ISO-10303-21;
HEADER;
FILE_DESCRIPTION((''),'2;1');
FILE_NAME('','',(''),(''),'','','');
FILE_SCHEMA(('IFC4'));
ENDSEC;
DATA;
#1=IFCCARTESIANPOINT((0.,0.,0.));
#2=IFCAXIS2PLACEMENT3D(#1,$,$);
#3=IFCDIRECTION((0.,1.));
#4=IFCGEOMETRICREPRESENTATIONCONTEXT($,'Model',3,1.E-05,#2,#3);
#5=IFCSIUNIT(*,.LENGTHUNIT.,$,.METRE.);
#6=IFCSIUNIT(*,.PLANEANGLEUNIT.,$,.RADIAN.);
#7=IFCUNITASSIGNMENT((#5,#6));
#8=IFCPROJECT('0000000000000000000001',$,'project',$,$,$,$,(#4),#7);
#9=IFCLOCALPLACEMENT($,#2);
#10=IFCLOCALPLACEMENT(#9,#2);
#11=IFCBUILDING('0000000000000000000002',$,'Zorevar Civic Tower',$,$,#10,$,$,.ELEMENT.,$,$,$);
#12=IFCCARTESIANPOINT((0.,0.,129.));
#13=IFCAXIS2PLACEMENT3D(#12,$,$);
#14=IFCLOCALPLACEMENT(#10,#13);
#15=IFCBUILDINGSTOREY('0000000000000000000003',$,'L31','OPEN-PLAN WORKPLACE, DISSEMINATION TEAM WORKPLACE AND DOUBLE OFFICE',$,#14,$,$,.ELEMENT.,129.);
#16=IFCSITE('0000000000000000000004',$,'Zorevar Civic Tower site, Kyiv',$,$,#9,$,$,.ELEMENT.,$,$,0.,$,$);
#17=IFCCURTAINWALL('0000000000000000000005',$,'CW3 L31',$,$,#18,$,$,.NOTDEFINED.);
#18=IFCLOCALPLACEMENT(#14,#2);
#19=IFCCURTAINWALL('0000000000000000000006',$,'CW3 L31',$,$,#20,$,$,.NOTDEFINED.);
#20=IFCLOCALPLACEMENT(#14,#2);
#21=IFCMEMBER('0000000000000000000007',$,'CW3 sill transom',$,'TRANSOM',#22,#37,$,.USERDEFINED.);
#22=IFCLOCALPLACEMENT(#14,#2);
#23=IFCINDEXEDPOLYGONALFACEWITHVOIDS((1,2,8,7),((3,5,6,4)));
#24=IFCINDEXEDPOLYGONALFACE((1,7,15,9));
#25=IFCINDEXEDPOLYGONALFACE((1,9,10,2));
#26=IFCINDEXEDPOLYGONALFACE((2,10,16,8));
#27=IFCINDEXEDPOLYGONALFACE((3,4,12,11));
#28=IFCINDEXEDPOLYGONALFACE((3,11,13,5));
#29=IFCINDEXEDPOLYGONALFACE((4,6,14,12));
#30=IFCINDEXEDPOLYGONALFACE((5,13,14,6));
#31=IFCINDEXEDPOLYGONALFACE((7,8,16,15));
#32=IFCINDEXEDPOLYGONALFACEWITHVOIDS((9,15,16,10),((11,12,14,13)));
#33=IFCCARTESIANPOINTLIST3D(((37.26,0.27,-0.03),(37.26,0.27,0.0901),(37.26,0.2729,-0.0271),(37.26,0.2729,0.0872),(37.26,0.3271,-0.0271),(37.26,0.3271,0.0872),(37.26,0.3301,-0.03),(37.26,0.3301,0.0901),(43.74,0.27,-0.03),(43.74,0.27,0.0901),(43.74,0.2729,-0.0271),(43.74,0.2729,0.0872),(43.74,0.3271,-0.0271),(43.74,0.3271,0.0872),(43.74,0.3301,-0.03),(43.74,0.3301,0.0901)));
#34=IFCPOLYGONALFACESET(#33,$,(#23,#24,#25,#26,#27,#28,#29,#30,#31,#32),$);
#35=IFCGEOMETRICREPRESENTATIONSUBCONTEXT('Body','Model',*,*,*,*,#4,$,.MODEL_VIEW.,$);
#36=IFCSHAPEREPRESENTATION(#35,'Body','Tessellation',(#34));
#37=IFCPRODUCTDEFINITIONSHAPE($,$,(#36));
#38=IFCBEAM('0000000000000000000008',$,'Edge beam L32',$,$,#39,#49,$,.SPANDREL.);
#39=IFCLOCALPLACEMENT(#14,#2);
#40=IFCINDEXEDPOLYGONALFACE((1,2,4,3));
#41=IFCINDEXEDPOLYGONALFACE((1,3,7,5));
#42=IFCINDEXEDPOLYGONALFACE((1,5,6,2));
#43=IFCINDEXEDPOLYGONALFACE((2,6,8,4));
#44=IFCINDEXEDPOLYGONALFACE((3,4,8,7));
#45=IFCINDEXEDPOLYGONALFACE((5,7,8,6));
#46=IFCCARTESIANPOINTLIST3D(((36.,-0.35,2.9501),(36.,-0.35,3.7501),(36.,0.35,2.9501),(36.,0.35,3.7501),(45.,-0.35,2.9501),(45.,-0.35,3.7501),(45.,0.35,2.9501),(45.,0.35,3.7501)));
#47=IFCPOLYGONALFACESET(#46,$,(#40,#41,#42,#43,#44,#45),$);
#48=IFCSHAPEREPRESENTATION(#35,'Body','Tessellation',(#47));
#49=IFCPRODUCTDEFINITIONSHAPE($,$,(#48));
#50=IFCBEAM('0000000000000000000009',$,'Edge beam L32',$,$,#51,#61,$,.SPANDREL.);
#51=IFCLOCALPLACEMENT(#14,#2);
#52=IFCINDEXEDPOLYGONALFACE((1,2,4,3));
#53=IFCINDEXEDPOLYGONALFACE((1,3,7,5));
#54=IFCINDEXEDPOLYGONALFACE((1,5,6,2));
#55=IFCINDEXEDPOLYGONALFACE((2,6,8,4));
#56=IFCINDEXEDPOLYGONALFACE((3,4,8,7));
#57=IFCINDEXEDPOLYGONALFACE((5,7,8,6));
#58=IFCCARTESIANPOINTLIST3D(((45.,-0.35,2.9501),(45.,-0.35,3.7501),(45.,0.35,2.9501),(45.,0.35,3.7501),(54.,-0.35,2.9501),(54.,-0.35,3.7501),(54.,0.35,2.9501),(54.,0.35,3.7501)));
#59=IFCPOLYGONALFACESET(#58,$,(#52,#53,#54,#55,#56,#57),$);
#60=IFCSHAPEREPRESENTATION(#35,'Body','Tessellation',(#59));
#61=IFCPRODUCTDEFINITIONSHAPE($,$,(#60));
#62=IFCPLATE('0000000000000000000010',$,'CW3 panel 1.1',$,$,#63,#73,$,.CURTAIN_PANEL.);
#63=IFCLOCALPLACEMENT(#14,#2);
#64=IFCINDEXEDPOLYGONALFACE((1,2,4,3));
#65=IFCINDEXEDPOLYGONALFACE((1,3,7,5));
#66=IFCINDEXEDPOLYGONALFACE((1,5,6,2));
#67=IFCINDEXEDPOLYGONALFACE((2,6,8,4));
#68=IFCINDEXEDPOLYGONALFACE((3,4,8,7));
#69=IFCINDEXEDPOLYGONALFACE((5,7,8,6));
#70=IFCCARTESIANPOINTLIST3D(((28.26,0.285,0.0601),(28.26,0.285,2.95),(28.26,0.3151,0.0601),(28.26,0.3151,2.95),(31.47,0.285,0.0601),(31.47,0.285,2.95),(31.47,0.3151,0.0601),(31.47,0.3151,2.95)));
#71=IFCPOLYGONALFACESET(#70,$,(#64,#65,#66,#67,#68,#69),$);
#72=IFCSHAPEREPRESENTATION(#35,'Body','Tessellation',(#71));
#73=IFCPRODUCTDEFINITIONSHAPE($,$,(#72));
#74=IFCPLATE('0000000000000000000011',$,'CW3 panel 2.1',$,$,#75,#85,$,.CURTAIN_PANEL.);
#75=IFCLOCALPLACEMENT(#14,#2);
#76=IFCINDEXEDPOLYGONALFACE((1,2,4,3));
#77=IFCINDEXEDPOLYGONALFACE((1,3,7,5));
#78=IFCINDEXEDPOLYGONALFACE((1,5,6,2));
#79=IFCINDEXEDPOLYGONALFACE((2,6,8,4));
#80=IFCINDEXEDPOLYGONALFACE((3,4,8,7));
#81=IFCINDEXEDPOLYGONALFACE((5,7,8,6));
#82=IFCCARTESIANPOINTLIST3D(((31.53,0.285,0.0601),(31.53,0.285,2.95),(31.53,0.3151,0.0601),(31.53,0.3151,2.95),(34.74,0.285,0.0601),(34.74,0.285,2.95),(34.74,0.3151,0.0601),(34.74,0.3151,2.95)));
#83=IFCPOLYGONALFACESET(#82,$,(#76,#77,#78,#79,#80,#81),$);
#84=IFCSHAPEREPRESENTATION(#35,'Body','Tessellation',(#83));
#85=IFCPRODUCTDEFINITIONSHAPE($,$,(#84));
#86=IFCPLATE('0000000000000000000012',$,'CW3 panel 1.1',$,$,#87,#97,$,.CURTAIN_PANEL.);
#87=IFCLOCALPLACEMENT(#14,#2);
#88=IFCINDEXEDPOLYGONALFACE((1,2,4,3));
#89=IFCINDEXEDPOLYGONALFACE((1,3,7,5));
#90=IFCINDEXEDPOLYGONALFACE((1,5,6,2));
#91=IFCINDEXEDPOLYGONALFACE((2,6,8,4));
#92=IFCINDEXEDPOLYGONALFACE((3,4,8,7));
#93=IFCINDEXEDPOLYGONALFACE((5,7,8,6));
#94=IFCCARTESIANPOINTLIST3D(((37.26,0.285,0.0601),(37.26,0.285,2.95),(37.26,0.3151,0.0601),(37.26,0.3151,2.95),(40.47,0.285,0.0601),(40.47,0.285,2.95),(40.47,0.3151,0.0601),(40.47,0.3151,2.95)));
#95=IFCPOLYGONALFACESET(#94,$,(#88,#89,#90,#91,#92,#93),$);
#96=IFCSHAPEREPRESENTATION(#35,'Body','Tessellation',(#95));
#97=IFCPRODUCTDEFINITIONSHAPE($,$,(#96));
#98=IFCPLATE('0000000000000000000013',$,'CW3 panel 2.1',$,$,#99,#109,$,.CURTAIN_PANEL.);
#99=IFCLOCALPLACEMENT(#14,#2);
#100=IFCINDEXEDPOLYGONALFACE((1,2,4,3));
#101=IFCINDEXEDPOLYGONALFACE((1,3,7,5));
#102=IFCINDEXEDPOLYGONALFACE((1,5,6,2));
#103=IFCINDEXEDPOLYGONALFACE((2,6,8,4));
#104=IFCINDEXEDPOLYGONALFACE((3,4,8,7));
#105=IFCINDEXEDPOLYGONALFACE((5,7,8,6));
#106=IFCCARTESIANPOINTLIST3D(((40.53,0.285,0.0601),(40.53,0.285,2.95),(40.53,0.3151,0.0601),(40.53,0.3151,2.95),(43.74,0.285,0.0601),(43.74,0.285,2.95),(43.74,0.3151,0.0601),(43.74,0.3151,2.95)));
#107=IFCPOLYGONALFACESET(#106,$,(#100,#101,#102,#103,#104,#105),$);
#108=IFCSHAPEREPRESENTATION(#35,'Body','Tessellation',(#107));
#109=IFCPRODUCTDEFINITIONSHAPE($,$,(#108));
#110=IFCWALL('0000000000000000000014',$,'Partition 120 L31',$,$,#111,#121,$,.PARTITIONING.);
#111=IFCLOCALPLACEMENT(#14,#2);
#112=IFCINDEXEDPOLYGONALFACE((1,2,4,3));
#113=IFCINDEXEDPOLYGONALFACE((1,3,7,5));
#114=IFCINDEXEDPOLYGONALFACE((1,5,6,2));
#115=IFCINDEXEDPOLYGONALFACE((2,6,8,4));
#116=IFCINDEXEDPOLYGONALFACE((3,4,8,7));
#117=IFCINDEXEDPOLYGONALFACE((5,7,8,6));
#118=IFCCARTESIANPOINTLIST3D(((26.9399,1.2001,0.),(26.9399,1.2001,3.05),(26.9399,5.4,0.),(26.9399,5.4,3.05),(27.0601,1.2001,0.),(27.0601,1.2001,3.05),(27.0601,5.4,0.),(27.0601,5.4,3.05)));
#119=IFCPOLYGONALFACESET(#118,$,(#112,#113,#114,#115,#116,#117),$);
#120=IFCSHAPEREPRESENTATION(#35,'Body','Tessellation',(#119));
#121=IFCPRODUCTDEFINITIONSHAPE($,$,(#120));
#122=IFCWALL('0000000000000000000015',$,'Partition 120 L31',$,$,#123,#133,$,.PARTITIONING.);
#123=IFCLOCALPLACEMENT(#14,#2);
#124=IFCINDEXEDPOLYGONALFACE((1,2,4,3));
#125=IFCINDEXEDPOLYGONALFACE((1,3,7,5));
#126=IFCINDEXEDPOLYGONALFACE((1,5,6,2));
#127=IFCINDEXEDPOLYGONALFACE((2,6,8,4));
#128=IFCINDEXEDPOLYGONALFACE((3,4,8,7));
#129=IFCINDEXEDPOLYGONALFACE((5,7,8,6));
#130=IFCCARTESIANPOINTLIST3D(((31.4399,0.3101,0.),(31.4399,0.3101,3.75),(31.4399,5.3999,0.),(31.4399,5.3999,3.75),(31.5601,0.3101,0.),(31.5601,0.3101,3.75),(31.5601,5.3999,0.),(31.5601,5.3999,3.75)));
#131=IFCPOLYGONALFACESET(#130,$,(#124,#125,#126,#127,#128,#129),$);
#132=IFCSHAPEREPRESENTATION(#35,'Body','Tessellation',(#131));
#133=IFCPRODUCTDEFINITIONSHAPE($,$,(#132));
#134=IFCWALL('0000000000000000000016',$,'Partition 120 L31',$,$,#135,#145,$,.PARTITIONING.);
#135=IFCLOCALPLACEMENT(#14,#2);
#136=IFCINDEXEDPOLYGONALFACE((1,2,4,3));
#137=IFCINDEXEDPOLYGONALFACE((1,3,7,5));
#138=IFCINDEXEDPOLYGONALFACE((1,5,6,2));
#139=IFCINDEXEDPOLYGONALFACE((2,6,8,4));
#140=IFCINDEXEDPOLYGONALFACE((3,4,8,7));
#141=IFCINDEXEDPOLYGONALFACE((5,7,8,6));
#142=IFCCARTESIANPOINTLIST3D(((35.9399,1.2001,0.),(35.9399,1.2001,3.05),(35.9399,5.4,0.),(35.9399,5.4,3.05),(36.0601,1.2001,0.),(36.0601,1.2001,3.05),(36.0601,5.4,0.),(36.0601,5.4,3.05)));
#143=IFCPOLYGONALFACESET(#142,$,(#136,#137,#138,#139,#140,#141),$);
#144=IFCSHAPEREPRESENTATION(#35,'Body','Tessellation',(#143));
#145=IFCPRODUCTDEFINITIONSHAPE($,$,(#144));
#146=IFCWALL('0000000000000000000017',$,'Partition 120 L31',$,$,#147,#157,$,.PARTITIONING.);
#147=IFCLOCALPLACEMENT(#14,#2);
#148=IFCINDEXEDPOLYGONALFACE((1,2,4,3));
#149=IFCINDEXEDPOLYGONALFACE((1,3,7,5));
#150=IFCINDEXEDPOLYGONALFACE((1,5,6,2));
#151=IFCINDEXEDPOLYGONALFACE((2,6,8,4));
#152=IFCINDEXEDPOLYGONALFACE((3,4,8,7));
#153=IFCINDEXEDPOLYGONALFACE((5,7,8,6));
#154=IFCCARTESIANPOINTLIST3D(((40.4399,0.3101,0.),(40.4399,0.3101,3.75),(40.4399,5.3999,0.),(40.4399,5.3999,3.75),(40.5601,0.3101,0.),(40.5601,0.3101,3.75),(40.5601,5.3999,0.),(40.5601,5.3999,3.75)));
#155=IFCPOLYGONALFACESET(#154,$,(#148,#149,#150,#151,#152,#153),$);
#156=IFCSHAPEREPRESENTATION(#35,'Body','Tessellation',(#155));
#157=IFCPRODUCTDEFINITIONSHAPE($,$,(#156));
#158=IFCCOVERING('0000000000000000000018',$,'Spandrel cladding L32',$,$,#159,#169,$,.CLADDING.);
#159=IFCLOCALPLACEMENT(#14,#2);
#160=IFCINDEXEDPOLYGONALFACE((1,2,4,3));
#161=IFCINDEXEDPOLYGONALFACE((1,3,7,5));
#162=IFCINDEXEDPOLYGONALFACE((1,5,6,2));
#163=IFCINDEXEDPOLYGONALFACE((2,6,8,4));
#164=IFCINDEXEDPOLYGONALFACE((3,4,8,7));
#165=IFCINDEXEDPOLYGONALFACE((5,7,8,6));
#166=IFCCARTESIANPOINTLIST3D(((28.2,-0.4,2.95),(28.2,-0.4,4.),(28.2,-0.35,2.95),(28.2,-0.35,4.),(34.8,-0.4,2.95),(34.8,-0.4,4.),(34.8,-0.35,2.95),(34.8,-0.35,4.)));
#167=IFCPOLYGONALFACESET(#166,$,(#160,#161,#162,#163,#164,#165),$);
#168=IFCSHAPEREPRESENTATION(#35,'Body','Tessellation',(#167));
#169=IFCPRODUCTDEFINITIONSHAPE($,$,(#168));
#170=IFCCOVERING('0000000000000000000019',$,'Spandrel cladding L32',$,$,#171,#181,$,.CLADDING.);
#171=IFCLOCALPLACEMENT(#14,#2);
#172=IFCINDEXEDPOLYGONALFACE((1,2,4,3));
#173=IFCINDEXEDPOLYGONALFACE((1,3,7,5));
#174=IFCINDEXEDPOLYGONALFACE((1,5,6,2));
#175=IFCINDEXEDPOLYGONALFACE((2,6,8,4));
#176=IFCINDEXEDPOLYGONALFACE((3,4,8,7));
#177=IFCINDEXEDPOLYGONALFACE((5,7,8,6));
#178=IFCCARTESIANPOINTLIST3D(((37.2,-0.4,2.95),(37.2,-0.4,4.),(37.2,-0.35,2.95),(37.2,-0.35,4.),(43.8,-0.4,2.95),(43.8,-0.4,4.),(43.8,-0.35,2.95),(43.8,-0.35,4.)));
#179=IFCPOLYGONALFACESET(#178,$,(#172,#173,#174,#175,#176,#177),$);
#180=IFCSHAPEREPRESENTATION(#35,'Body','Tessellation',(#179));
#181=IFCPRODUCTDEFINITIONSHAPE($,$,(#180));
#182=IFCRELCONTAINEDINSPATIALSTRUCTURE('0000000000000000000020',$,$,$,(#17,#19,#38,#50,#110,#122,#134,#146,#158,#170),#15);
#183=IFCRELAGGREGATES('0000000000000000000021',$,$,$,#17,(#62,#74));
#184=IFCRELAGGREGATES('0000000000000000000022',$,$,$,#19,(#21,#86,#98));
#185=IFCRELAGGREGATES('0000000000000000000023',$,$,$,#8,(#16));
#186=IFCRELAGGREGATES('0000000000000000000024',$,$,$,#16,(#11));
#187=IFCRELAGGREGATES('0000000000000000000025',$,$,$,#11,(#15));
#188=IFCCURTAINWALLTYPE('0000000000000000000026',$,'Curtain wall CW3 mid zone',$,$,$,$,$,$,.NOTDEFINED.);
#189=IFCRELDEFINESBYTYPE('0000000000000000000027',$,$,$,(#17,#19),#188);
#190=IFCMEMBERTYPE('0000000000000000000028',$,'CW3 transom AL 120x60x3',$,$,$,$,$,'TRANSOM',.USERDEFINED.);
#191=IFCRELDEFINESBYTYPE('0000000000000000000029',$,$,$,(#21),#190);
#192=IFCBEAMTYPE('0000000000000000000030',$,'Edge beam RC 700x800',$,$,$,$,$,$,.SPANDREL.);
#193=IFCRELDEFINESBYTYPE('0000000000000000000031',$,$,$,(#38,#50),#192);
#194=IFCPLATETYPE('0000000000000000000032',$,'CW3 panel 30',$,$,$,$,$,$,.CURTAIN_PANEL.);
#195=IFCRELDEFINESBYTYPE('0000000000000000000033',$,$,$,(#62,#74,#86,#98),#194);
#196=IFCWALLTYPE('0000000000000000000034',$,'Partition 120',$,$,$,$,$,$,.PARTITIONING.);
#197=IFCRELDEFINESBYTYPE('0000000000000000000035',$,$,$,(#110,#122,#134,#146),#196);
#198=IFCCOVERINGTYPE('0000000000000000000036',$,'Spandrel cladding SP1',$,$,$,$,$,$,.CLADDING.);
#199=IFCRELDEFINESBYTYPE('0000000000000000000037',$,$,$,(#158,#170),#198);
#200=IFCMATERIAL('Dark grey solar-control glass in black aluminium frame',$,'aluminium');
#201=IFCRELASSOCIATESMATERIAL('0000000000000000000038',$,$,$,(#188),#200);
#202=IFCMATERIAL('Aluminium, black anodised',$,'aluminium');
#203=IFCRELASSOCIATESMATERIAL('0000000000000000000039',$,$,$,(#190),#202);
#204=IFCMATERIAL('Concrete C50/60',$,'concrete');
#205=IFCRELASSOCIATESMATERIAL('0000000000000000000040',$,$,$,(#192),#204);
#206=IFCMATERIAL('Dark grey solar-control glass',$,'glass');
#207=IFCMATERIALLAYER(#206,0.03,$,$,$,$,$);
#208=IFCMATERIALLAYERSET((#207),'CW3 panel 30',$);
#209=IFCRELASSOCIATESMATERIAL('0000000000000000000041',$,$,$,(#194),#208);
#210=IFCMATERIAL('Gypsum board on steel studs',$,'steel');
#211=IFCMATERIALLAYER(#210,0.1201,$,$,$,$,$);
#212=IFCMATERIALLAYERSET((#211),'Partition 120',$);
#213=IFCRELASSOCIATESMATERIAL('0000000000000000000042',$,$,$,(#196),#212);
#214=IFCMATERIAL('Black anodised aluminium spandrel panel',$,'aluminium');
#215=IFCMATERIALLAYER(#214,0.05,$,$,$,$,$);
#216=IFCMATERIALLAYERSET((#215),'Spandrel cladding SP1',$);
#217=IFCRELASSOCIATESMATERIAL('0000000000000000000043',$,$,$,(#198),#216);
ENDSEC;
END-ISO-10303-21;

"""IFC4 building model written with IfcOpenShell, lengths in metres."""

from ifc_helpers import new_model, si_unit, direction, frame, frame_2d, origin, origin_2d, place, context, subcontext, project, spatial, rectangle, hollow_rectangle, extrude, material, layer, layer_set, material_profile, profile_set, type_object, element, aggregate, save


model = new_model("IFC4")

# Units and contexts
model_context = context("Model", 3, precision=1e-05, world=origin(), true_north=direction((0.0, 1.0)))
body_context = subcontext(model_context, "Body", "Model", "MODEL_VIEW")
ifc_project = project(units=[si_unit("LENGTHUNIT", "METRE"), si_unit("PLANEANGLEUNIT", "RADIAN")], contexts=[model_context])

# Site, building, storey
site_placement = place(None, origin())
site = spatial("IfcSite", under=ifc_project, at=site_placement, Name="Zorevar Civic Tower site, Kyiv", CompositionType="ELEMENT", RefElevation=0.0)
building_placement = place(site_placement, origin())
building = spatial("IfcBuilding", under=site, at=building_placement, Name="Zorevar Civic Tower", CompositionType="ELEMENT")
storey_placement = place(building_placement, frame((0.0, 0.0, 129.0)))
storey = spatial("IfcBuildingStorey", under=building, at=storey_placement, Name="L31", Description="OPEN-PLAN WORKPLACE, DISSEMINATION TEAM WORKPLACE AND DOUBLE OFFICE", CompositionType="ELEMENT", Elevation=129.0)

# Curtain walls
ifc_material_1 = material(Name="Dark grey solar-control glass in black aluminium frame", Category="aluminium")
curtain_wall_type = type_object("IfcCurtainWallType", Name="Curtain wall CW3 mid zone", PredefinedType="NOTDEFINED", material=ifc_material_1)
curtain_wall_1_placement = place(storey_placement, origin())
curtain_wall_1 = element("IfcCurtainWall", 1, at=curtain_wall_1_placement, inside=storey, type_object=curtain_wall_type, Name="CW3 L31", PredefinedType="NOTDEFINED")
curtain_wall_2_placement = place(storey_placement, origin())
curtain_wall_2 = element("IfcCurtainWall", 2, at=curtain_wall_2_placement, inside=storey, type_object=curtain_wall_type, Name="CW3 L31", PredefinedType="NOTDEFINED")

# Member
ifc_material_2 = material(Name="Aluminium, black anodised", Category="aluminium")
ifc_material_profile_1 = material_profile(ifc_material_2, hollow_rectangle(XDim=0.0601, YDim=0.1201, WallThickness=0.0029, at=origin_2d()), Name="AL 120x60x3")
ifc_profile_set_1 = profile_set([ifc_material_profile_1], Name="Aluminium, black anodised")
member_type_1 = type_object("IfcMemberType", Name="CW3 transom AL 120x60x3", ElementType="TRANSOM", PredefinedType="USERDEFINED", material=ifc_profile_set_1)
member_1_placement = place(storey_placement, frame((37.26, 0.3, 0.03), z_axis=(1.0, 0.0, 0.0), x_axis=(0.0, 1.0, 0.0)))
member_1 = element("IfcMember", 3, at=member_1_placement, type_object=member_type_1, Name="CW3 sill transom", ObjectType="TRANSOM", PredefinedType="USERDEFINED", context=body_context, shape_type="SweptSolid", body=[
    extrude(hollow_rectangle(XDim=0.0601, YDim=0.1201, WallThickness=0.0029, at=origin_2d()), origin(), (0.0, 0.0, 1.0), 6.48),
])

# Beams
ifc_material_3 = material(Name="Concrete C50/60", Category="concrete")
ifc_material_profile_2 = material_profile(ifc_material_3, rectangle(XDim=0.7, YDim=0.8, at=origin_2d()), Name="RC 700x800")
ifc_profile_set_2 = profile_set([ifc_material_profile_2], Name="Concrete C50/60")
beam_type_1 = type_object("IfcBeamType", Name="Edge beam RC 700x800", PredefinedType="SPANDREL", material=ifc_profile_set_2)
for number, where, z_axis, x_axis, name in (
    (4, (36.0, 0.0, 3.3501), (1.0, 0.0, 0.0), (0.0, 1.0, 0.0), "Edge beam L32"),
    (5, (45.0, 0.0, 3.3501), (1.0, 0.0, 0.0), (0.0, 1.0, 0.0), "Edge beam L32"),
):
    element("IfcBeam", number, at=place(storey_placement, frame(where, z_axis=z_axis, x_axis=x_axis)), inside=storey, type_object=beam_type_1, Name=name, PredefinedType="SPANDREL", context=body_context, shape_type="SweptSolid", body=[
        extrude(rectangle(XDim=0.7, YDim=0.8, at=origin_2d()), origin(), (0.0, 0.0, 1.0), 9.0),
    ])

# Plates
ifc_material_4 = material(Name="Dark grey solar-control glass", Category="glass")
ifc_layer_1 = layer(ifc_material_4, 0.03)
ifc_layer_set_1 = layer_set([ifc_layer_1], Name="CW3 panel 30")
plate_type = type_object("IfcPlateType", Name="CW3 panel 30", PredefinedType="CURTAIN_PANEL", material=ifc_layer_set_1)
plate_1_placement = place(storey_placement, frame((29.865, 0.3, 0.0601), z_axis=(0.0, 0.0, 1.0), x_axis=(1.0, 0.0, 0.0)))
plate_1 = element("IfcPlate", 6, at=plate_1_placement, type_object=plate_type, Name="CW3 panel 1.1", PredefinedType="CURTAIN_PANEL", context=body_context, shape_type="SweptSolid", body=[
    extrude(rectangle(XDim=3.21, YDim=0.03, at=origin_2d()), origin(), (0.0, 0.0, 1.0), 2.8899),
])
plate_2_placement = place(storey_placement, frame((33.135, 0.3, 0.0601), z_axis=(0.0, 0.0, 1.0), x_axis=(1.0, 0.0, 0.0)))
plate_2 = element("IfcPlate", 7, at=plate_2_placement, type_object=plate_type, Name="CW3 panel 2.1", PredefinedType="CURTAIN_PANEL", context=body_context, shape_type="SweptSolid", body=[
    extrude(rectangle(XDim=3.21, YDim=0.03, at=origin_2d()), origin(), (0.0, 0.0, 1.0), 2.8899),
])
aggregate(curtain_wall_1, [plate_1, plate_2])
plate_3_placement = place(storey_placement, frame((38.865, 0.3, 0.0601), z_axis=(0.0, 0.0, 1.0), x_axis=(1.0, 0.0, 0.0)))
plate_3 = element("IfcPlate", 8, at=plate_3_placement, type_object=plate_type, Name="CW3 panel 1.1", PredefinedType="CURTAIN_PANEL", context=body_context, shape_type="SweptSolid", body=[
    extrude(rectangle(XDim=3.21, YDim=0.03, at=origin_2d()), origin(), (0.0, 0.0, 1.0), 2.8899),
])
plate_4_placement = place(storey_placement, frame((42.135, 0.3, 0.0601), z_axis=(0.0, 0.0, 1.0), x_axis=(1.0, 0.0, 0.0)))
plate_4 = element("IfcPlate", 9, at=plate_4_placement, type_object=plate_type, Name="CW3 panel 2.1", PredefinedType="CURTAIN_PANEL", context=body_context, shape_type="SweptSolid", body=[
    extrude(rectangle(XDim=3.21, YDim=0.03, at=origin_2d()), origin(), (0.0, 0.0, 1.0), 2.8899),
])
aggregate(curtain_wall_2, [member_1, plate_3, plate_4])

# Walls
ifc_material_5 = material(Name="Gypsum board on steel studs", Category="steel")
ifc_layer_2 = layer(ifc_material_5, 0.1201)
ifc_layer_set_2 = layer_set([ifc_layer_2], Name="Partition 120")
wall_type = type_object("IfcWallType", Name="Partition 120", PredefinedType="PARTITIONING", material=ifc_layer_set_2)
wall_1_placement = place(storey_placement, frame((27.0, 1.2, 0.0), z_axis=(0.0, 0.0, 1.0), x_axis=(0.0, 1.0, 0.0)))
element("IfcWall", 10, at=wall_1_placement, inside=storey, type_object=wall_type, Name="Partition 120 L31", PredefinedType="PARTITIONING", context=body_context, shape_type="SweptSolid", body=[
    extrude(rectangle(XDim=4.2, YDim=0.1201, at=frame_2d((2.1001, 0.0))), origin(), (0.0, 0.0, 1.0), 3.05),
])
wall_2_placement = place(storey_placement, frame((31.5, 0.3101, 0.0), z_axis=(0.0, 0.0, 1.0), x_axis=(0.0, 1.0, 0.0)))
element("IfcWall", 11, at=wall_2_placement, inside=storey, type_object=wall_type, Name="Partition 120 L31", PredefinedType="PARTITIONING", context=body_context, shape_type="SweptSolid", body=[
    extrude(rectangle(XDim=5.0898, YDim=0.1201, at=frame_2d((2.5449, 0.0))), origin(), (0.0, 0.0, 1.0), 3.75),
])
wall_3_placement = place(storey_placement, frame((36.0, 1.2, 0.0), z_axis=(0.0, 0.0, 1.0), x_axis=(0.0, 1.0, 0.0)))
element("IfcWall", 12, at=wall_3_placement, inside=storey, type_object=wall_type, Name="Partition 120 L31", PredefinedType="PARTITIONING", context=body_context, shape_type="SweptSolid", body=[
    extrude(rectangle(XDim=4.2, YDim=0.1201, at=frame_2d((2.1001, 0.0))), origin(), (0.0, 0.0, 1.0), 3.05),
])
wall_4_placement = place(storey_placement, frame((40.5, 0.3101, 0.0), z_axis=(0.0, 0.0, 1.0), x_axis=(0.0, 1.0, 0.0)))
element("IfcWall", 13, at=wall_4_placement, inside=storey, type_object=wall_type, Name="Partition 120 L31", PredefinedType="PARTITIONING", context=body_context, shape_type="SweptSolid", body=[
    extrude(rectangle(XDim=5.0898, YDim=0.1201, at=frame_2d((2.5449, 0.0))), origin(), (0.0, 0.0, 1.0), 3.75),
])

# Coverings
ifc_material_6 = material(Name="Black anodised aluminium spandrel panel", Category="aluminium")
ifc_layer_3 = layer(ifc_material_6, 0.05)
ifc_layer_set_3 = layer_set([ifc_layer_3], Name="Spandrel cladding SP1")
covering_type = type_object("IfcCoveringType", Name="Spandrel cladding SP1", PredefinedType="CLADDING", material=ifc_layer_set_3)
for number, where, z_axis, x_axis, name in (
    (14, (28.2, -0.375, 2.95), (0.0, 0.0, 1.0), (1.0, 0.0, 0.0), "Spandrel cladding L32"),
    (15, (37.2, -0.375, 2.95), (0.0, 0.0, 1.0), (1.0, 0.0, 0.0), "Spandrel cladding L32"),
):
    element("IfcCovering", number, at=place(storey_placement, frame(where, z_axis=z_axis, x_axis=x_axis)), inside=storey, type_object=covering_type, Name=name, PredefinedType="CLADDING", context=body_context, shape_type="SweptSolid", body=[
        extrude(rectangle(XDim=6.6001, YDim=0.05, at=frame_2d((3.3, 0.0))), origin(), (0.0, 0.0, 1.0), 1.05),
    ])

save(model, "model.ifc")
